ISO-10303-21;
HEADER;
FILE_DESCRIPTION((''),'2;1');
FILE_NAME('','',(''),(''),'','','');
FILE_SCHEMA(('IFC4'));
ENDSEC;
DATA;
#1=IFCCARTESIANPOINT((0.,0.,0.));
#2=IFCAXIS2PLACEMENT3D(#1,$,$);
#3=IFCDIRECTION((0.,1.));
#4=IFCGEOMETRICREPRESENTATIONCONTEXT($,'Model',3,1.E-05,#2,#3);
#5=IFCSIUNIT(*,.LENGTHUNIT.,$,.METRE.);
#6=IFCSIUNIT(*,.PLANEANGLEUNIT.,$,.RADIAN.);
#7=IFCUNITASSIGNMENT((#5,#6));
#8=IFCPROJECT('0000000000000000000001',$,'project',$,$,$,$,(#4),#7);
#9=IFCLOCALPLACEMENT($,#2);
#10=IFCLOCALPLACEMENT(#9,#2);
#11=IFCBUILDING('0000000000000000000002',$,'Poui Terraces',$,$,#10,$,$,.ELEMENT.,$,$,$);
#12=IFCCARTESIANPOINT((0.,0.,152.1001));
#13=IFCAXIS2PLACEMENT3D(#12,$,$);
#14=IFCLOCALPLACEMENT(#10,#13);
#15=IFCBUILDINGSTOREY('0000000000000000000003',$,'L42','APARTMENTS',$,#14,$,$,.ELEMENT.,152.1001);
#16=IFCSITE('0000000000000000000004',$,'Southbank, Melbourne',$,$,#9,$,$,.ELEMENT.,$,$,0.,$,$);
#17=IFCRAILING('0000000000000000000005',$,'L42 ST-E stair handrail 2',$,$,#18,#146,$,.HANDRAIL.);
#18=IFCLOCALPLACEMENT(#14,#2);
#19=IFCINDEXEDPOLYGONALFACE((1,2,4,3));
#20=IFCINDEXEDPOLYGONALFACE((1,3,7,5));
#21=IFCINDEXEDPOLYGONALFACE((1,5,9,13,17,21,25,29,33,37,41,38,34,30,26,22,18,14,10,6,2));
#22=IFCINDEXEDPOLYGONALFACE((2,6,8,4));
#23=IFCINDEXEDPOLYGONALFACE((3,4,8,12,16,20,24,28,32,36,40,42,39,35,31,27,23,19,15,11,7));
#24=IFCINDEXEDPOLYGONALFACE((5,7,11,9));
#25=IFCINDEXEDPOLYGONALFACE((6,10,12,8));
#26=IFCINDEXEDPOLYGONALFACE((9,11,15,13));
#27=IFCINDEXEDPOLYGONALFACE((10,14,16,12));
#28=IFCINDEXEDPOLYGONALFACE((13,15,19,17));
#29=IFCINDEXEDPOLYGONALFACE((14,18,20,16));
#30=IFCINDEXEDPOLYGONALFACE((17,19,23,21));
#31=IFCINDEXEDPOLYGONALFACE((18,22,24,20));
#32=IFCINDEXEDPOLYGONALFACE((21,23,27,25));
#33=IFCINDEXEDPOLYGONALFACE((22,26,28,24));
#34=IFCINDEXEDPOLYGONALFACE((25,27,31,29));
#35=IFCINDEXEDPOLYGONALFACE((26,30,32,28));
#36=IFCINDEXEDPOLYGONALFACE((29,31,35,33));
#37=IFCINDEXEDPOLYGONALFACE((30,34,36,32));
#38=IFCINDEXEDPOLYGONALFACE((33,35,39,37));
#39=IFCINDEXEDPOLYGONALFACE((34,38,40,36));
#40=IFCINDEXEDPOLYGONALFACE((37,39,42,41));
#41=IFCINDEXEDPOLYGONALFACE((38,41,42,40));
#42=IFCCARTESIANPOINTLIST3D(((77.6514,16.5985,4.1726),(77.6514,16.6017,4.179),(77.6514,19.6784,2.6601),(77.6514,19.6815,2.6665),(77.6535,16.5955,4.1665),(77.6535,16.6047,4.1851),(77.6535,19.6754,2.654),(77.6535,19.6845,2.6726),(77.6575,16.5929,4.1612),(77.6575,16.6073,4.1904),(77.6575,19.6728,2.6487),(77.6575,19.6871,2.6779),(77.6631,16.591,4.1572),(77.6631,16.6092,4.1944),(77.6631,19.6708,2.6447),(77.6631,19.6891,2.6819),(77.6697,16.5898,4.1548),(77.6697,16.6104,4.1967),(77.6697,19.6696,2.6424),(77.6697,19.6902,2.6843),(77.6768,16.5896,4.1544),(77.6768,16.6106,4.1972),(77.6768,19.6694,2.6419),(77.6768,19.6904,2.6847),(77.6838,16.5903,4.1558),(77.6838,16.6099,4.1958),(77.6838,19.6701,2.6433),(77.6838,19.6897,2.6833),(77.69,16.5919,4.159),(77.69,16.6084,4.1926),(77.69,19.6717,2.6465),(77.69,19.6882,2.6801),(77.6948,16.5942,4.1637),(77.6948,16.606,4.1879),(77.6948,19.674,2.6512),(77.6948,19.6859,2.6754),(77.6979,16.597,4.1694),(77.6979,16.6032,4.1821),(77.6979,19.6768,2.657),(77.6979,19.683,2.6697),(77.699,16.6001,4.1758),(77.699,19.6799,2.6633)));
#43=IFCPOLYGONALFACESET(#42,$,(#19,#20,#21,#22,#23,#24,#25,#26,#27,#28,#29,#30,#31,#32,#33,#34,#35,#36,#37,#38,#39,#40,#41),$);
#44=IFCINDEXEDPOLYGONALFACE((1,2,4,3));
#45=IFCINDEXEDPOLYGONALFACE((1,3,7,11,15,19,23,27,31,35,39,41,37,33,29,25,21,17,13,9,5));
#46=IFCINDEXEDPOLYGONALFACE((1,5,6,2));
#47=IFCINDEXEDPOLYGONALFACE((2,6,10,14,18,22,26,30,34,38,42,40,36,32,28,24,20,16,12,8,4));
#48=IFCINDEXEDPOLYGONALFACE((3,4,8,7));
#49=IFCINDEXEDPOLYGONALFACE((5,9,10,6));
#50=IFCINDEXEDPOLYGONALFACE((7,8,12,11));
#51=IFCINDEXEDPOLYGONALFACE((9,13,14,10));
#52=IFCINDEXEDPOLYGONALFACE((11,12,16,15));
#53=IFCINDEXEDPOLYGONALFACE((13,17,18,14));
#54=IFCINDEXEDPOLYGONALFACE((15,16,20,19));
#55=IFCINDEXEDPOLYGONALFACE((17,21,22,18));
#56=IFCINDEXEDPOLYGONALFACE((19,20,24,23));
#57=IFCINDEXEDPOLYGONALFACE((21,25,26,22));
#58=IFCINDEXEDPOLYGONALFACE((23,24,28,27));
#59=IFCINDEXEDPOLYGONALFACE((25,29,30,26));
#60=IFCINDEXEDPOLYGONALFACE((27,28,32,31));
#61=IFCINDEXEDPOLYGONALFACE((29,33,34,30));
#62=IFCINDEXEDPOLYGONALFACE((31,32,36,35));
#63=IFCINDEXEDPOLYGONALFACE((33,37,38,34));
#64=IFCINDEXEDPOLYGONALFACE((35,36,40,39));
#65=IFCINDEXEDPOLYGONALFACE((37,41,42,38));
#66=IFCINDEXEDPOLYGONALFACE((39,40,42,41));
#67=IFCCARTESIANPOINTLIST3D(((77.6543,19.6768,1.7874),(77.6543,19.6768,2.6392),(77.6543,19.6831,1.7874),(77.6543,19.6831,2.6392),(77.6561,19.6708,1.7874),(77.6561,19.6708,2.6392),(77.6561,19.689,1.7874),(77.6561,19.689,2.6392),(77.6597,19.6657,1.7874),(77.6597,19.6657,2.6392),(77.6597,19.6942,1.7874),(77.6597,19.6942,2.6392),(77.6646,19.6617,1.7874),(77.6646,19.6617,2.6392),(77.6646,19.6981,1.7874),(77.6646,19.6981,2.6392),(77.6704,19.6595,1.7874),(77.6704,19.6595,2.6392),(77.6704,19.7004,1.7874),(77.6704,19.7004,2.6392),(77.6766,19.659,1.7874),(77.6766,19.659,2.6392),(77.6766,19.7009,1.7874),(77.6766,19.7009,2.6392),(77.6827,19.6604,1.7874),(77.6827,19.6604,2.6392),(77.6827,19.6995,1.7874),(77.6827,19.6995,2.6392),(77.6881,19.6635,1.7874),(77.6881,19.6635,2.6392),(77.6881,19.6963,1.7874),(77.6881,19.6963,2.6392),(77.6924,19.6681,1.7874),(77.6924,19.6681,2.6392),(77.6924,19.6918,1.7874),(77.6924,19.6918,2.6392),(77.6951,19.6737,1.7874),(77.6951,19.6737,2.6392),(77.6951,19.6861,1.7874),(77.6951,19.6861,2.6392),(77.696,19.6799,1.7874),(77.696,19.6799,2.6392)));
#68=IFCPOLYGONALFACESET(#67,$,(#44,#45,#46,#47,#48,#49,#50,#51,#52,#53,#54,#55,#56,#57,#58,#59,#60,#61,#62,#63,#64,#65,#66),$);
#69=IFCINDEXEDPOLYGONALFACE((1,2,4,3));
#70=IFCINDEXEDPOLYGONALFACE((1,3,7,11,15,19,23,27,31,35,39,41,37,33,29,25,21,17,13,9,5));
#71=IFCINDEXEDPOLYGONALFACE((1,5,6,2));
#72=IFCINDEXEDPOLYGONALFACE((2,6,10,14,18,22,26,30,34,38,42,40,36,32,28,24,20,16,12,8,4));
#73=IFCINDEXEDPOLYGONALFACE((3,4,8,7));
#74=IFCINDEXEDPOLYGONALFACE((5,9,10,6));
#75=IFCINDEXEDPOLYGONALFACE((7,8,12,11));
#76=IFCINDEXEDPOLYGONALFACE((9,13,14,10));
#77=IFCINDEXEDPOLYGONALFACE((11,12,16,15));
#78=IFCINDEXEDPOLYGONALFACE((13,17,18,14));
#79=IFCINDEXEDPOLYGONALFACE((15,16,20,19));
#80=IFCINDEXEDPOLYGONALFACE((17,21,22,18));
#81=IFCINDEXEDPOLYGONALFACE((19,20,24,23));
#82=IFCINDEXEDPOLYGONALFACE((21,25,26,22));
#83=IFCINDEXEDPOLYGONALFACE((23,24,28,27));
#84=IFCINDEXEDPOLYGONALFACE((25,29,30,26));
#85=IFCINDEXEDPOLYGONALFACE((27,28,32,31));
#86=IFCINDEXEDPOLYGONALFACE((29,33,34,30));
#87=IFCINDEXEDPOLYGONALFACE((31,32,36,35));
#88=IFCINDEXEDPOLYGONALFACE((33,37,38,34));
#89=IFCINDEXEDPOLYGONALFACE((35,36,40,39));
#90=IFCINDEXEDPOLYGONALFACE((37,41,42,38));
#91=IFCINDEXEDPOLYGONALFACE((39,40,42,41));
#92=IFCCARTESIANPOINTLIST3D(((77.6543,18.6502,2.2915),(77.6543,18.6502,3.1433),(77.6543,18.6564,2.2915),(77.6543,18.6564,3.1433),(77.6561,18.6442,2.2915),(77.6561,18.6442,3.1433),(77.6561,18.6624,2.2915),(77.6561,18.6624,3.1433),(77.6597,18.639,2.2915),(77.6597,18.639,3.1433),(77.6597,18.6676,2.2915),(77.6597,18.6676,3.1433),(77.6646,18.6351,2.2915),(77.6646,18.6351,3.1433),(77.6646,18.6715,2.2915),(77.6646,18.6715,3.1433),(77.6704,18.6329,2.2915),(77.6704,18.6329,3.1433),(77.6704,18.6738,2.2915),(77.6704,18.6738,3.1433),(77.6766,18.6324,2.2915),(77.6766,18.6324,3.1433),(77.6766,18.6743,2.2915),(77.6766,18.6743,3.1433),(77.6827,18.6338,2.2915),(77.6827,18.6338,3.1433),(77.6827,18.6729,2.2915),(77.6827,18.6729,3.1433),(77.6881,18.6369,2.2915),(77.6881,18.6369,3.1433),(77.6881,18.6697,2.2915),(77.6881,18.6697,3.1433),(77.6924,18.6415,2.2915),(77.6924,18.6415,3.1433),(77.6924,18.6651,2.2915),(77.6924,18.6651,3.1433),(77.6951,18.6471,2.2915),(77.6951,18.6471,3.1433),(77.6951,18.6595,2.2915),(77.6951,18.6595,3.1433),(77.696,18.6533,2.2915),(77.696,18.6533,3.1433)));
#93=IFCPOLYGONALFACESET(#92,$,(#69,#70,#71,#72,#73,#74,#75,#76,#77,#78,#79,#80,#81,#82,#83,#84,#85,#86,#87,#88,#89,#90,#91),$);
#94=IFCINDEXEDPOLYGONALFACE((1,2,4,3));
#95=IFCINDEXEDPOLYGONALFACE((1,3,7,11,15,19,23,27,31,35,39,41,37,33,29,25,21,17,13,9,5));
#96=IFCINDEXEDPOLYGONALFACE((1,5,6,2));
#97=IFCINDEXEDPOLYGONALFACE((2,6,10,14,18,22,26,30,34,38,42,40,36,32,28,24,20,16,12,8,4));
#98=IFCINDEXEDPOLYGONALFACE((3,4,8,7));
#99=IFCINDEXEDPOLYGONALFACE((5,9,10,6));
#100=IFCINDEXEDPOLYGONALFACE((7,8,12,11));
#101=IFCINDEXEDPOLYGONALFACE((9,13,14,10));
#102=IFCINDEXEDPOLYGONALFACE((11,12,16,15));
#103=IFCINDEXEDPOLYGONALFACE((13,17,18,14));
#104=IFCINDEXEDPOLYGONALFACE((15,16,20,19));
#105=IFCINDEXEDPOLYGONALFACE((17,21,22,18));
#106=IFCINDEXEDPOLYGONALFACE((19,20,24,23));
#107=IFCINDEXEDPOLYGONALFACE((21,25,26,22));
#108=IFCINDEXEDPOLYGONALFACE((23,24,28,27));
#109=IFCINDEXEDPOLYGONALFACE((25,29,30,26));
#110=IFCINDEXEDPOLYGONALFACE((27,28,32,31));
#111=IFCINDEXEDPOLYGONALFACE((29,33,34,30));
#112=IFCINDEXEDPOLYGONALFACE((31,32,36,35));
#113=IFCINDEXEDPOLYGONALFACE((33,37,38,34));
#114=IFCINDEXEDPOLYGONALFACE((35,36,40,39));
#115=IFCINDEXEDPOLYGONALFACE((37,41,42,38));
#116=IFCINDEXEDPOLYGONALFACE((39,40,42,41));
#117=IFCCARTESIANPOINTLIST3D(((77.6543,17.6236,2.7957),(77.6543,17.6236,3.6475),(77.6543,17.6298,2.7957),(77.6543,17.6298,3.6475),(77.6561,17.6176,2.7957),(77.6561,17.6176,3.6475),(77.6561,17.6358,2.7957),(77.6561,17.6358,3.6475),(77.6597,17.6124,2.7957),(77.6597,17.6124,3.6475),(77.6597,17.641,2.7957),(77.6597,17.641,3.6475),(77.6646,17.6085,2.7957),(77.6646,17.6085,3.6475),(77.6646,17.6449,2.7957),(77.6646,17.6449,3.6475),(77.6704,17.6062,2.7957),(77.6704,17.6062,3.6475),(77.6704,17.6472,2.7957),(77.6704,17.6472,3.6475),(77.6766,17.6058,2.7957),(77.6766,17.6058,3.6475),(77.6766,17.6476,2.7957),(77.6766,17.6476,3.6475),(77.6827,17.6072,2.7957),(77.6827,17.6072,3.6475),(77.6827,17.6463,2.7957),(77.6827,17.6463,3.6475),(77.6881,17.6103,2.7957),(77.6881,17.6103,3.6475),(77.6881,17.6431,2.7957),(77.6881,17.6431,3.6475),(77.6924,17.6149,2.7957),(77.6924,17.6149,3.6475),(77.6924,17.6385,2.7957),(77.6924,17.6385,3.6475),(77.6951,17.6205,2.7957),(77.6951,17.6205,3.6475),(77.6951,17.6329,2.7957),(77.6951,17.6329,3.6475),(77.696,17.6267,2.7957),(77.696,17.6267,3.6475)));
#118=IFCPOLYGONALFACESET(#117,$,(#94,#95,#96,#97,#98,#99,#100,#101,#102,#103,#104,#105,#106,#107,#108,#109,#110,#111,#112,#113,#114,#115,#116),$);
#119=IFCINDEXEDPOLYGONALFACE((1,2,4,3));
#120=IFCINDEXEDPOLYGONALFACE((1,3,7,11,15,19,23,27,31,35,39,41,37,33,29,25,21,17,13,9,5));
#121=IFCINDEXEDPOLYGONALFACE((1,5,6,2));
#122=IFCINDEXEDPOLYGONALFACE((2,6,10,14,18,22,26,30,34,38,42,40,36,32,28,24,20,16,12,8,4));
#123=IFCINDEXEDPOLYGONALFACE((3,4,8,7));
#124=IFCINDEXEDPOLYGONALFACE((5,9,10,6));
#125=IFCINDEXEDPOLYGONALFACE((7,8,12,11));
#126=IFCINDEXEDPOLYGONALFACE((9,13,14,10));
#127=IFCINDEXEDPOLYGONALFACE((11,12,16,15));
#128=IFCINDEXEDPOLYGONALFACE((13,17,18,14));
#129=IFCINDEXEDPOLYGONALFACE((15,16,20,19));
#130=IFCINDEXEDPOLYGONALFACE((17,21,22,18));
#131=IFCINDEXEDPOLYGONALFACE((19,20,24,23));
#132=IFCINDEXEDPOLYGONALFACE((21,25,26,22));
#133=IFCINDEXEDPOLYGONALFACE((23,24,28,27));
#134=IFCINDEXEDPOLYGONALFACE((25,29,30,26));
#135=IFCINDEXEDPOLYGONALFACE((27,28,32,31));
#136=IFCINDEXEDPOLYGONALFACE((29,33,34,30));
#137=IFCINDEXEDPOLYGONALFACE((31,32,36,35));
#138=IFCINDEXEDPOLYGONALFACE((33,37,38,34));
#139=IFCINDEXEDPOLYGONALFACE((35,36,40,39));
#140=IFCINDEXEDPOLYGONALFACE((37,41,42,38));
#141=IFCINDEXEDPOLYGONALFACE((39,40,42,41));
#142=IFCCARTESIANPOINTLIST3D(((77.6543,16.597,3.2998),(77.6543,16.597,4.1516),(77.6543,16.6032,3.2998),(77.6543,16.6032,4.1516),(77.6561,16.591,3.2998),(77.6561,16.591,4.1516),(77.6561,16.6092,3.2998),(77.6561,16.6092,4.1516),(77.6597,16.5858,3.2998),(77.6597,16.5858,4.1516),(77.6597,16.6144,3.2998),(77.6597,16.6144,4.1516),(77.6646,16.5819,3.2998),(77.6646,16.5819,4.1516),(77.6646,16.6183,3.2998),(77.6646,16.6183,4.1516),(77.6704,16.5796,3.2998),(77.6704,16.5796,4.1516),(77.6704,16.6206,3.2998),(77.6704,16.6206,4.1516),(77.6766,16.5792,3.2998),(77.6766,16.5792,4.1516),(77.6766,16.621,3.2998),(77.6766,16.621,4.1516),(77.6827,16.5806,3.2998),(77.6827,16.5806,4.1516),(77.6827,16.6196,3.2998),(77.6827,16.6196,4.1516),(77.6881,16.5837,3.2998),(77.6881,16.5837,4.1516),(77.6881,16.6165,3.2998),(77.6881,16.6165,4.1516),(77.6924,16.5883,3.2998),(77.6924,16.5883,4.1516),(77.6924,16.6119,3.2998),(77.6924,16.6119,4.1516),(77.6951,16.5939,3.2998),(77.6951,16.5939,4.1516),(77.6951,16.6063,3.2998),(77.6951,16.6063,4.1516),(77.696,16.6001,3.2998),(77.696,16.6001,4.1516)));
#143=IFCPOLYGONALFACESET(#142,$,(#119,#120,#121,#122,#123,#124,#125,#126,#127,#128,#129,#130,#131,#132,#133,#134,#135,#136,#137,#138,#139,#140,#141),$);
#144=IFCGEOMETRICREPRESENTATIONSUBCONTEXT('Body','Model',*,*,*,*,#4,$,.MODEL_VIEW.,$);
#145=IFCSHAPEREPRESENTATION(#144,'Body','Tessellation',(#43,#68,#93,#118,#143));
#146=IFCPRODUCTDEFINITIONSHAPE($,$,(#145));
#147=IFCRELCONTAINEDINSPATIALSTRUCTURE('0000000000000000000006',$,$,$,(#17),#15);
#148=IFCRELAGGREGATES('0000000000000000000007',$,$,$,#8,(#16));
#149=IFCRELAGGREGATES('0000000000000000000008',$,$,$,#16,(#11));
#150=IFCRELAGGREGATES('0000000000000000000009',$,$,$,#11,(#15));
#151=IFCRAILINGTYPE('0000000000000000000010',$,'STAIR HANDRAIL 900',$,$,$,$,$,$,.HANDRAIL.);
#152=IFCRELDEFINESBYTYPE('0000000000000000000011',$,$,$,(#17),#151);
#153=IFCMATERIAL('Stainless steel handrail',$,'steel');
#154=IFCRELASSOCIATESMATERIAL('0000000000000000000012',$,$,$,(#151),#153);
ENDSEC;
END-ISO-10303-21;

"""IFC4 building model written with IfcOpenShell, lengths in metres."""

from ifc_helpers import new_model, si_unit, direction, frame, origin, origin_2d, place, context, subcontext, project, spatial, circle, extrude, material, type_object, element, save


model = new_model("IFC4")

# Units and contexts
model_context = context("Model", 3, precision=1e-05, world=origin(), true_north=direction((0.0, 1.0)))
body_context = subcontext(model_context, "Body", "Model", "MODEL_VIEW")
ifc_project = project(units=[si_unit("LENGTHUNIT", "METRE"), si_unit("PLANEANGLEUNIT", "RADIAN")], contexts=[model_context])

# Site, building, storey
site_placement = place(None, origin())
site = spatial("IfcSite", under=ifc_project, at=site_placement, Name="Southbank, Melbourne", CompositionType="ELEMENT", RefElevation=0.0)
building_placement = place(site_placement, origin())
building = spatial("IfcBuilding", under=site, at=building_placement, Name="Poui Terraces", CompositionType="ELEMENT")
storey_placement = place(building_placement, frame((0.0, 0.0, 152.1001)))
storey = spatial("IfcBuildingStorey", under=building, at=storey_placement, Name="L42", Description="APARTMENTS", CompositionType="ELEMENT", Elevation=152.1001)

# Railing
ifc_material_1 = material(Name="Stainless steel handrail", Category="steel")
railing_type_1 = type_object("IfcRailingType", Name="STAIR HANDRAIL 900", PredefinedType="HANDRAIL", material=ifc_material_1)
railing_1_placement = place(storey_placement, frame((77.675, 19.6799, 1.7874)))
element("IfcRailing", 1, at=railing_1_placement, inside=storey, type_object=railing_type_1, Name="L42 ST-E stair handrail 2", PredefinedType="HANDRAIL", context=body_context, shape_type="SweptSolid", body=[
    extrude(circle(Radius=0.0239, at=origin_2d()), frame((0.0, 0.0, 0.876), z_axis=(0.0, -0.897606, 0.440798), x_axis=(1.0, 0.0, 0.0)), (0.0, 0.0, 1.0), 3.4312),
    extrude(circle(Radius=0.021, at=origin_2d()), origin(), (0.0, 0.0, 1.0), 0.8518),
    extrude(circle(Radius=0.021, at=origin_2d()), frame((0.0, -1.0266, 0.5042)), (0.0, 0.0, 1.0), 0.8518),
    extrude(circle(Radius=0.021, at=origin_2d()), frame((0.0, -2.0532, 1.0083)), (0.0, 0.0, 1.0), 0.8518),
    extrude(circle(Radius=0.021, at=origin_2d()), frame((0.0, -3.0798, 1.5125)), (0.0, 0.0, 1.0), 0.8518),
])

save(model, "model.ifc")
